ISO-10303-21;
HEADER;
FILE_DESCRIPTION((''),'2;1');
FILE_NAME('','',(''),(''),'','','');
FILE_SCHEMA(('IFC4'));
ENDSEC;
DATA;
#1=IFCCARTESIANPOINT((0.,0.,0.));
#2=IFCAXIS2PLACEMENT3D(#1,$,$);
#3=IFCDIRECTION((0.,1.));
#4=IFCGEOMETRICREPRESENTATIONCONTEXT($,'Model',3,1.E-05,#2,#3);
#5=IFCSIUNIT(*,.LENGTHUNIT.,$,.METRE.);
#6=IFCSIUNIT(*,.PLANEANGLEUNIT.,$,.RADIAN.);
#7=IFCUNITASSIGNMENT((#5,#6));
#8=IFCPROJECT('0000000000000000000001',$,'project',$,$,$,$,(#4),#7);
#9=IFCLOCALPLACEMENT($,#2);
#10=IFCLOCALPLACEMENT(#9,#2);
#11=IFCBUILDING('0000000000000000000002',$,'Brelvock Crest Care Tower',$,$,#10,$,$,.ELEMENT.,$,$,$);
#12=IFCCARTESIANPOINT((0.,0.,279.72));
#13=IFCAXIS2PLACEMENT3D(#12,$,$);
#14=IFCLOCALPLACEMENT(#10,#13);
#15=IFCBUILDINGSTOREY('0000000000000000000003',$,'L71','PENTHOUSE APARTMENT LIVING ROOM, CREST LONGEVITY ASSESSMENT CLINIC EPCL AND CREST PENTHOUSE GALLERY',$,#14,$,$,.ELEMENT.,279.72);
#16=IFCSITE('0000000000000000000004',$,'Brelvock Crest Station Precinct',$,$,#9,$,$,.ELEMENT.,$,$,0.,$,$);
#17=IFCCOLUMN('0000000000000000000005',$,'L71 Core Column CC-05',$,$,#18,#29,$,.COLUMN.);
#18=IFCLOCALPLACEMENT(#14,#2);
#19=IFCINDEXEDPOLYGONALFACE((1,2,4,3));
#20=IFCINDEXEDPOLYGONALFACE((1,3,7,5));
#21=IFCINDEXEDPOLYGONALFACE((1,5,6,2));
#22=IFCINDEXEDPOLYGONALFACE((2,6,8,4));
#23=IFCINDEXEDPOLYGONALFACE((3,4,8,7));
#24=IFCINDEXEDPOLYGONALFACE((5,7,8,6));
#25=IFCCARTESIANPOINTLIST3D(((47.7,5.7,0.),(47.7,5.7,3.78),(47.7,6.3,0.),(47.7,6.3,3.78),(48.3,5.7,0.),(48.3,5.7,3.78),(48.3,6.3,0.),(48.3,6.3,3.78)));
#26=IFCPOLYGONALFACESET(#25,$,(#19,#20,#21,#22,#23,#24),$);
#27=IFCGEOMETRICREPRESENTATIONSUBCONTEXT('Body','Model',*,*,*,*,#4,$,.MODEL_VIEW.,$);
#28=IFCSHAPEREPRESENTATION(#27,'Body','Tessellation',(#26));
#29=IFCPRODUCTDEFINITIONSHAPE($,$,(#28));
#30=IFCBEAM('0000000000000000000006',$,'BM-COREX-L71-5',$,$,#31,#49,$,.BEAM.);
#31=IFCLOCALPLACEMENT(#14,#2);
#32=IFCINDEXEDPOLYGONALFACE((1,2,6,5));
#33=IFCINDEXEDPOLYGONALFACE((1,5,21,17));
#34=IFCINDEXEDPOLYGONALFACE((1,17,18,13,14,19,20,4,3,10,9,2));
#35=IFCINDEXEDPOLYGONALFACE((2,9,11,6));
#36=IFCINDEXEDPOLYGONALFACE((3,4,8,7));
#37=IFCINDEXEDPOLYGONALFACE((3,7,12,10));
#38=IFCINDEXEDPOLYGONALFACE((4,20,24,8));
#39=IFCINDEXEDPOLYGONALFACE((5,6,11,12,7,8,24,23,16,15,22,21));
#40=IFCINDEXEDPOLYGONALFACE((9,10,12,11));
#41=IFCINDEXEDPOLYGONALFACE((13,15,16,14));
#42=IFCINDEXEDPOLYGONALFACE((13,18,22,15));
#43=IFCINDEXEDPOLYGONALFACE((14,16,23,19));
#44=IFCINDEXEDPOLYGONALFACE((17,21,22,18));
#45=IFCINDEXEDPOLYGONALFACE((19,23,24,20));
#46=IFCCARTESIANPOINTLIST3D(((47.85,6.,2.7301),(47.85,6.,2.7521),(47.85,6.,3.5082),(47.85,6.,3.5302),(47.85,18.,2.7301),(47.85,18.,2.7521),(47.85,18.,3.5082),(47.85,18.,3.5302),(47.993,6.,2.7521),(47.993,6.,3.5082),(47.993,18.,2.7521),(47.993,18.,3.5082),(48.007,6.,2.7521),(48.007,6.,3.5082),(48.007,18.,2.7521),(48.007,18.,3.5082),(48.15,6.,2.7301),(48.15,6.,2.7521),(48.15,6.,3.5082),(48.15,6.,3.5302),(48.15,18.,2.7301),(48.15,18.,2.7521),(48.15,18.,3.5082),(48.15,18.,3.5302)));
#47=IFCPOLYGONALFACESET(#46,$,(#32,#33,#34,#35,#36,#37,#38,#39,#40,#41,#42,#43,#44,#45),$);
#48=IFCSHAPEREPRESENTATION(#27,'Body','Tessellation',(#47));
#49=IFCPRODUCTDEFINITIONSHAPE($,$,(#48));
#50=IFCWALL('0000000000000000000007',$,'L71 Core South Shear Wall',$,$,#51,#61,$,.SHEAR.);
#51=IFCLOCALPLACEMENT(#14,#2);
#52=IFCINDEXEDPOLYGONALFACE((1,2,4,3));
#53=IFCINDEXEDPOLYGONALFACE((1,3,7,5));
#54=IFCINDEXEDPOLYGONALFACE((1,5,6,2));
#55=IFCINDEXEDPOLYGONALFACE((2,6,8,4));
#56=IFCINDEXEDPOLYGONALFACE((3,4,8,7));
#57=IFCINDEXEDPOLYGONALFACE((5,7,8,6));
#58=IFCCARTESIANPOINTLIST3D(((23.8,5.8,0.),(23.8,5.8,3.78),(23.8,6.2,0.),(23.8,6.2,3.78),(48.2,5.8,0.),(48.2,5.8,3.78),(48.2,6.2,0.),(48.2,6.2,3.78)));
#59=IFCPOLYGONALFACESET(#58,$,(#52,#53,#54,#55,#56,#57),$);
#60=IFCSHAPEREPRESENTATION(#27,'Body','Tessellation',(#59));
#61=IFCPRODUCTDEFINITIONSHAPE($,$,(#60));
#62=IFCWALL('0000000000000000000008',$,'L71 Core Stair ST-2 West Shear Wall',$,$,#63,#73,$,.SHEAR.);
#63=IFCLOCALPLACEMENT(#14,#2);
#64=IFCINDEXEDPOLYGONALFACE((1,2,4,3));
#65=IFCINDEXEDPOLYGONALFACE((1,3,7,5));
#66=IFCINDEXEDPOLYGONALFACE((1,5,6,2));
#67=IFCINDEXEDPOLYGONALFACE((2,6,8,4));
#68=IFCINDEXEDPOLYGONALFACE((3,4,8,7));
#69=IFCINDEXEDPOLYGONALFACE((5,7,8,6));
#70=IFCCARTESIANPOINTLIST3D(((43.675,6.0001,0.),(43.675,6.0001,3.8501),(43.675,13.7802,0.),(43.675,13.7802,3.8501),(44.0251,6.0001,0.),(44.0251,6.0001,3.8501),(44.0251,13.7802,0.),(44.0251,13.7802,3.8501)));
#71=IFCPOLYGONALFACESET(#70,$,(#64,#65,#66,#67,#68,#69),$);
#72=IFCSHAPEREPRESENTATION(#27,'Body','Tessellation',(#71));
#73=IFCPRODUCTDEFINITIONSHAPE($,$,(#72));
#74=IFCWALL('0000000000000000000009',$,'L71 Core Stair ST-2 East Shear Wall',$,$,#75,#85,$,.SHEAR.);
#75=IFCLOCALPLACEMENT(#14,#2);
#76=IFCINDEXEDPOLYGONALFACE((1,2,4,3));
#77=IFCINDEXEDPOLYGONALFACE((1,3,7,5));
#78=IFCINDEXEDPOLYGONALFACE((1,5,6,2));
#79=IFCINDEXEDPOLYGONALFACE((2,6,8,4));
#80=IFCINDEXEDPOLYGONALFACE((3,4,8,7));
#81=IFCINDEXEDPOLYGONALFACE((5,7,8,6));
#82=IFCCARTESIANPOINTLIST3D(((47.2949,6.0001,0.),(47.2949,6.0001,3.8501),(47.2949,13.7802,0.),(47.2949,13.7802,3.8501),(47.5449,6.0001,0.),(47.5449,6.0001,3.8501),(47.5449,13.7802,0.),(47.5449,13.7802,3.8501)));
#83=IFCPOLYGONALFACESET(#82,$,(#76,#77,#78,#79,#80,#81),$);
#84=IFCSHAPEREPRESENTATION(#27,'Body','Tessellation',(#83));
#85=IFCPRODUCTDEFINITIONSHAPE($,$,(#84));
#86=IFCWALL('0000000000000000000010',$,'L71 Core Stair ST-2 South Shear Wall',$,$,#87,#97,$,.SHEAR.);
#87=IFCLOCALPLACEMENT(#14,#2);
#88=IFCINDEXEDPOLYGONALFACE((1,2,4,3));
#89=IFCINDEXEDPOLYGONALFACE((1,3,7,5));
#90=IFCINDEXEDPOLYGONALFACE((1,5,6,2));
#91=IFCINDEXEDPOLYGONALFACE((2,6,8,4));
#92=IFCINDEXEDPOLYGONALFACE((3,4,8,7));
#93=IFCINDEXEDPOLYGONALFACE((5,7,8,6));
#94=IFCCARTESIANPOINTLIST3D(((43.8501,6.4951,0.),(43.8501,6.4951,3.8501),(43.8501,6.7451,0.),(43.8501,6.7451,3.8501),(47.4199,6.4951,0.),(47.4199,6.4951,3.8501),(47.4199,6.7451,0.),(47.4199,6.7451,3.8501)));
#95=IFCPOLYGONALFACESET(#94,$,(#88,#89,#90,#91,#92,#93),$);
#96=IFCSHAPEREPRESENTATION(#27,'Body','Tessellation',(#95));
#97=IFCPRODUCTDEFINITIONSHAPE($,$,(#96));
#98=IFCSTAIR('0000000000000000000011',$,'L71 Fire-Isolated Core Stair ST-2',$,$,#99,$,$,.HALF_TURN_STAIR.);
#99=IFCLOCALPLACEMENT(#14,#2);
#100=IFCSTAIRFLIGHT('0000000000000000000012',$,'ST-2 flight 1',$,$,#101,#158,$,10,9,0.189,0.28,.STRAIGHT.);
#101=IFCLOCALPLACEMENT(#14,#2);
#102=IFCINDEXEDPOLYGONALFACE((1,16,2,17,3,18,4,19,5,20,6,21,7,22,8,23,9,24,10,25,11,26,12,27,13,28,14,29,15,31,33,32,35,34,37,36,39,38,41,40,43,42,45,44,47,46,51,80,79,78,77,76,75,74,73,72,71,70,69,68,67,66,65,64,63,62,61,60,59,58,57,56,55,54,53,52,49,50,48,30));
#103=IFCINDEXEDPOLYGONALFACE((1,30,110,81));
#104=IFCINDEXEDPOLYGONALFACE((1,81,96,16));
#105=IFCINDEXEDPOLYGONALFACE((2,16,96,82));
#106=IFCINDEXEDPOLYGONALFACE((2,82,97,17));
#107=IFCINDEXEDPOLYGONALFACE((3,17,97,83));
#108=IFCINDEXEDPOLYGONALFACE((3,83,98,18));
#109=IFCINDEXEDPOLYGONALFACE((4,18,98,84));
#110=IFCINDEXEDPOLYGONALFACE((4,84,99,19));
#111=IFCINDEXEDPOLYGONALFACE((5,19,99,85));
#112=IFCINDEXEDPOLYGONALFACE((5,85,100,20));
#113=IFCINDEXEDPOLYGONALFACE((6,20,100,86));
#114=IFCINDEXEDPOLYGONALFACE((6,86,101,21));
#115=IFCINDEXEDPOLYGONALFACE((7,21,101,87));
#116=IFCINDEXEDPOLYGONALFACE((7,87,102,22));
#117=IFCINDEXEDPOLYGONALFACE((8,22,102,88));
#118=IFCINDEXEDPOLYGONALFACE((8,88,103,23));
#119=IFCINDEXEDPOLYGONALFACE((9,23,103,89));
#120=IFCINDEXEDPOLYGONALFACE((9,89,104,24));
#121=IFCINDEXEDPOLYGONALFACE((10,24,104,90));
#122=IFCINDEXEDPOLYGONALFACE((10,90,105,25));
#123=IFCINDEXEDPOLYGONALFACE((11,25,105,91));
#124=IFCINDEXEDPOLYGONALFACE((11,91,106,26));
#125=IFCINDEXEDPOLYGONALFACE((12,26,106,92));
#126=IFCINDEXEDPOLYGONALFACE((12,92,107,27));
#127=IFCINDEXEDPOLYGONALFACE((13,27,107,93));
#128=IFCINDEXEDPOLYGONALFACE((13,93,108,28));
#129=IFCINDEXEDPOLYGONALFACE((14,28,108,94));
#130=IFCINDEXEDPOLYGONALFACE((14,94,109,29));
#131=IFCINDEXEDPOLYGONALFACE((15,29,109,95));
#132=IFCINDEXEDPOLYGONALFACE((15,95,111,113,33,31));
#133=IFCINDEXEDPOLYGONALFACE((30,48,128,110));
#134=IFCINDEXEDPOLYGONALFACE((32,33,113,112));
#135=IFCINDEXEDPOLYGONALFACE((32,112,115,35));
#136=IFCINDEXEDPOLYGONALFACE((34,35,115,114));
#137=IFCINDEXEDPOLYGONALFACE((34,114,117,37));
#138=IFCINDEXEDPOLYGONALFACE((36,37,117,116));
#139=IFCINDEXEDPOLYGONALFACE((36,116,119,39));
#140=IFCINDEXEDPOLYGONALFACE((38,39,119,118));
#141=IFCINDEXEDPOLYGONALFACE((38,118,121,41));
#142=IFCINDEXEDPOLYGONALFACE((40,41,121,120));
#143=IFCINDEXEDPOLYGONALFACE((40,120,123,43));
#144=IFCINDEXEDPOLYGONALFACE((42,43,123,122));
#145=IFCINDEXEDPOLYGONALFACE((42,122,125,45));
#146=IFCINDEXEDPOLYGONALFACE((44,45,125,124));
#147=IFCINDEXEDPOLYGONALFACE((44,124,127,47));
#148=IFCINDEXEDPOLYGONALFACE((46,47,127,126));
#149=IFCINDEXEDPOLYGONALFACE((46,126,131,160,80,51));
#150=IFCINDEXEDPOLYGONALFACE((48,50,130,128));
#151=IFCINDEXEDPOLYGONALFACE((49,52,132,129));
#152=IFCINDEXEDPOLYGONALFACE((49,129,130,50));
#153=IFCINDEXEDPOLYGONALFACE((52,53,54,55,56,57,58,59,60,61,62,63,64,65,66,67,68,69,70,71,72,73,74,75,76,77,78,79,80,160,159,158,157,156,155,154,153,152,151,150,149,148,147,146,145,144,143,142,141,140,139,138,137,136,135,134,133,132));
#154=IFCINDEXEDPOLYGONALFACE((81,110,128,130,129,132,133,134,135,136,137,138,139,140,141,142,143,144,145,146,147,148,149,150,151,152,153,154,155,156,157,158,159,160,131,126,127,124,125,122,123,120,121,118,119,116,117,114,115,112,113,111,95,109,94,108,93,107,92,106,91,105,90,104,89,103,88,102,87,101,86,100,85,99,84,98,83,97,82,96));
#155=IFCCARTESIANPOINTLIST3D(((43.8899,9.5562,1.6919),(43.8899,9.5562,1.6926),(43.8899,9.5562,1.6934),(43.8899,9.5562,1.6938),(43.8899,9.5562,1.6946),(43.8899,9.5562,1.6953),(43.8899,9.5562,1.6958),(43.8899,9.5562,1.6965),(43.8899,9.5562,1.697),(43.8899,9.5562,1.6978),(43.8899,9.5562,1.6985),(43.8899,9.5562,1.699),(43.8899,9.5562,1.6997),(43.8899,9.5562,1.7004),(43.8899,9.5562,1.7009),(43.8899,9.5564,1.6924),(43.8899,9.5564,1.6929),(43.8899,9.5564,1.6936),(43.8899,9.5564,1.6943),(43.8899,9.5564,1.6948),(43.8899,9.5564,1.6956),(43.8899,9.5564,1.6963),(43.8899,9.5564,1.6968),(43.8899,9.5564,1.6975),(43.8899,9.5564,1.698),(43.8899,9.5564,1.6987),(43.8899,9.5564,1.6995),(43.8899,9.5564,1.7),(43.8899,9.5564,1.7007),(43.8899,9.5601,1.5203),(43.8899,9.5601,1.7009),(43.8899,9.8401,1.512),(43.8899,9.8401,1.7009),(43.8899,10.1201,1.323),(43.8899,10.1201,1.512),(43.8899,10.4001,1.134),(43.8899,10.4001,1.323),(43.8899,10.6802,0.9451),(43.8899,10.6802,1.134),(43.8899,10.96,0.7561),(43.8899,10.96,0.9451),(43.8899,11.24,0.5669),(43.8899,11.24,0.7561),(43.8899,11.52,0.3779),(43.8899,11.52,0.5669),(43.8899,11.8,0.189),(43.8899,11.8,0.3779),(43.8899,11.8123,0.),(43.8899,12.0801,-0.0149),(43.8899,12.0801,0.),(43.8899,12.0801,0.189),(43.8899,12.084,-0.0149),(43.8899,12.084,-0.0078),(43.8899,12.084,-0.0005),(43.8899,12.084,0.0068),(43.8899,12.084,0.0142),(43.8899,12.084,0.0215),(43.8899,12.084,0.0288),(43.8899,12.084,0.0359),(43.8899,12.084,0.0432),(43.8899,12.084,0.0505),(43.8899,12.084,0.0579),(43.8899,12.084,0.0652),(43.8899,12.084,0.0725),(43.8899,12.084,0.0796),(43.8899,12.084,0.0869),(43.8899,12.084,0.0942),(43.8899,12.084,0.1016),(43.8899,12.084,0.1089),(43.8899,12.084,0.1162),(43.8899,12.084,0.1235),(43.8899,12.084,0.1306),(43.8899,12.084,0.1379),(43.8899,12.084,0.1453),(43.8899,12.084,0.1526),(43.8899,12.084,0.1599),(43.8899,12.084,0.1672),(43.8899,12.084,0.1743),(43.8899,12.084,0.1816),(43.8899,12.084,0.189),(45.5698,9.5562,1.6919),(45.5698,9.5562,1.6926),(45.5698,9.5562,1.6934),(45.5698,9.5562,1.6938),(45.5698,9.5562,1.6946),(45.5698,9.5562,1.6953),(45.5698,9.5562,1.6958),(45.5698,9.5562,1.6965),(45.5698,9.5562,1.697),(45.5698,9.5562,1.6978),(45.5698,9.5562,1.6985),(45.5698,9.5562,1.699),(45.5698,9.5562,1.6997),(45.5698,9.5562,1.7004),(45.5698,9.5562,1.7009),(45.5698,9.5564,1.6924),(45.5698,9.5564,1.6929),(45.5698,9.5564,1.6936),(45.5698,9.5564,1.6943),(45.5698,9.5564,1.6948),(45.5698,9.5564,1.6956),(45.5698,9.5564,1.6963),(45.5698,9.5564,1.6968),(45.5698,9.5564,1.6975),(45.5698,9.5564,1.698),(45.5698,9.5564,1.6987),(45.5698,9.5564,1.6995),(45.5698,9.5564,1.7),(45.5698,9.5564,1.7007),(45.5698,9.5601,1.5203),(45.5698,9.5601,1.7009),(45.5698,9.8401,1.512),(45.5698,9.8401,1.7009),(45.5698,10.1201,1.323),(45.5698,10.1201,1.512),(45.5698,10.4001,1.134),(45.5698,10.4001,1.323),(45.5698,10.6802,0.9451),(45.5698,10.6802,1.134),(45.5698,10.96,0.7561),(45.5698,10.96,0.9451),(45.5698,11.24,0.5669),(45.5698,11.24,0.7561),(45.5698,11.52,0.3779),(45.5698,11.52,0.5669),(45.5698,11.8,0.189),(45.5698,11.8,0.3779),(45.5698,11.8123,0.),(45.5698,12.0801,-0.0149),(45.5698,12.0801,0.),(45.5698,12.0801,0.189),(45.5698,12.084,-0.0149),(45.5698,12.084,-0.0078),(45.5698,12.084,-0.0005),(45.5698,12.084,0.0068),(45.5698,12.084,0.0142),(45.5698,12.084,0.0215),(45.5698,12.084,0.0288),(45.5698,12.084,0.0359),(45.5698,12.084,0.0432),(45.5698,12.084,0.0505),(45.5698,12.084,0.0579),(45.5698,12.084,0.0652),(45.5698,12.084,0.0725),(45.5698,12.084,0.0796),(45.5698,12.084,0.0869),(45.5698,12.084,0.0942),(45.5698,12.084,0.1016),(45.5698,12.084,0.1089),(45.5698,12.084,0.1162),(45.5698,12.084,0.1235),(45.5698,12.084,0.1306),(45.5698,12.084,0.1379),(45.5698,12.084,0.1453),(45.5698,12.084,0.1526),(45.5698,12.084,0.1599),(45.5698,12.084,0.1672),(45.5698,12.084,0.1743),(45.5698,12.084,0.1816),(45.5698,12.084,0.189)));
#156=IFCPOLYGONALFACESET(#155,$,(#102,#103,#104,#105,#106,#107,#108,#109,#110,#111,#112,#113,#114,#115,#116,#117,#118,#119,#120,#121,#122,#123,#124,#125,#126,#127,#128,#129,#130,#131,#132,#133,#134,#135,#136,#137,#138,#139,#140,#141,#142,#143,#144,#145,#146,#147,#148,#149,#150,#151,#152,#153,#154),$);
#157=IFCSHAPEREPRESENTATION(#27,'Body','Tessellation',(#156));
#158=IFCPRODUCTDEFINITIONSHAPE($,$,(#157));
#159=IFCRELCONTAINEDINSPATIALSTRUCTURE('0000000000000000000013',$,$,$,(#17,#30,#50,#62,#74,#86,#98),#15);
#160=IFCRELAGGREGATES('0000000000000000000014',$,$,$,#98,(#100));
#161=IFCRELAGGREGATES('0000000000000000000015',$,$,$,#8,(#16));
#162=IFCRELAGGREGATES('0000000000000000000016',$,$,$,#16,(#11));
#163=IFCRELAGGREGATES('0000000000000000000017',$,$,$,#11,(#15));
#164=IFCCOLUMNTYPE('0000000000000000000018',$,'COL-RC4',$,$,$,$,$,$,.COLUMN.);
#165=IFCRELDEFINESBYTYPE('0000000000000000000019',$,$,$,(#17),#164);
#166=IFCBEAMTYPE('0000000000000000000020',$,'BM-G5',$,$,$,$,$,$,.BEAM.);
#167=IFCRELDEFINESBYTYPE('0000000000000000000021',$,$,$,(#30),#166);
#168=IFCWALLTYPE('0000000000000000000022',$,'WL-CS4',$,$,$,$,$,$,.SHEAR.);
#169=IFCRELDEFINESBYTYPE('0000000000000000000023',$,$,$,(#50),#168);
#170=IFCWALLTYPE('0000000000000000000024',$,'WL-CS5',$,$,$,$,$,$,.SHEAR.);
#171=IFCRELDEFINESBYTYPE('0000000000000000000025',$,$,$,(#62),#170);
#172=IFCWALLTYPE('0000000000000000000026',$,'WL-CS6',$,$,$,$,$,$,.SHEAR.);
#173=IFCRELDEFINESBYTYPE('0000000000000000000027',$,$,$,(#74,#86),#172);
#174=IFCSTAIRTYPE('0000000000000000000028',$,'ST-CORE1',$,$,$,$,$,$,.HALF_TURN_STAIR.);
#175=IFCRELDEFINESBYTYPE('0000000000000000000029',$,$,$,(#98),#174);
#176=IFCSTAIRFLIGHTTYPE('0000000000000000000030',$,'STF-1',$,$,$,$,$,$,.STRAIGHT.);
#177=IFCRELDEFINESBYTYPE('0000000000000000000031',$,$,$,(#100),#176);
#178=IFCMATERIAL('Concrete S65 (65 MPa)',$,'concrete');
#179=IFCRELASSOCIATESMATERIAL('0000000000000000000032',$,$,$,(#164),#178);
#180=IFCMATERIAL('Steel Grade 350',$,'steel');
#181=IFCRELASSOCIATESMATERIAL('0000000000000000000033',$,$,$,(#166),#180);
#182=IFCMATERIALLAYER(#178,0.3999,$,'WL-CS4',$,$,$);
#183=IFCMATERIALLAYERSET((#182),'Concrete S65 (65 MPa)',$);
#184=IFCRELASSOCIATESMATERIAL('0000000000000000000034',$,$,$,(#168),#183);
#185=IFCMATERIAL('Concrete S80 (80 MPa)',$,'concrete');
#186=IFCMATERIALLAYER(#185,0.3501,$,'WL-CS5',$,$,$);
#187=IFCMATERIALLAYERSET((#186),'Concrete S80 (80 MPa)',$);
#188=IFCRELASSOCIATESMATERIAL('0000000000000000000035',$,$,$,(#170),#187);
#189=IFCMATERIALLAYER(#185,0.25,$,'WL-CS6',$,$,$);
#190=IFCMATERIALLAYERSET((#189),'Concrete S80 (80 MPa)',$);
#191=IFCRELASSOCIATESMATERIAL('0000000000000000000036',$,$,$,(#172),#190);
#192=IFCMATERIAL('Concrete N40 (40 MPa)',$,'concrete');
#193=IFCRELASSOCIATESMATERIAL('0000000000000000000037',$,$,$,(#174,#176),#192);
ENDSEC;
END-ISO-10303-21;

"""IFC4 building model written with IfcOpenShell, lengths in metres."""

from ifc_helpers import new_model, si_unit, direction, frame, frame_2d, origin, origin_2d, place, context, subcontext, project, spatial, polyline, rectangle, i_section, outline, extrude, source, transform, mapped, material, layer, layer_set, material_profile, profile_set, type_object, element, aggregate, save


model = new_model("IFC4")

# Units and contexts
model_context = context("Model", 3, precision=1e-05, world=origin(), true_north=direction((0.0, 1.0)))
body_context = subcontext(model_context, "Body", "Model", "MODEL_VIEW")
ifc_project = project(units=[si_unit("LENGTHUNIT", "METRE"), si_unit("PLANEANGLEUNIT", "RADIAN")], contexts=[model_context])

# Site, building, storey
site_placement = place(None, origin())
site = spatial("IfcSite", under=ifc_project, at=site_placement, Name="Brelvock Crest Station Precinct", CompositionType="ELEMENT", RefElevation=0.0)
building_placement = place(site_placement, origin())
building = spatial("IfcBuilding", under=site, at=building_placement, Name="Brelvock Crest Care Tower", CompositionType="ELEMENT")
storey_placement = place(building_placement, frame((0.0, 0.0, 279.72)))
storey = spatial("IfcBuildingStorey", under=building, at=storey_placement, Name="L71", Description="PENTHOUSE APARTMENT LIVING ROOM, CREST LONGEVITY ASSESSMENT CLINIC EPCL AND CREST PENTHOUSE GALLERY", CompositionType="ELEMENT", Elevation=279.72)

# Column
ifc_material_1 = material(Name="Concrete S65 (65 MPa)", Category="concrete")
ifc_material_profile_1 = material_profile(ifc_material_1, rectangle(XDim=0.6001, YDim=0.6001, at=origin_2d()), Name="RC600x600")
ifc_profile_set_1 = profile_set([ifc_material_profile_1], Name="Concrete S65 (65 MPa)")
column_type = type_object("IfcColumnType", Name="COL-RC4", PredefinedType="COLUMN", material=ifc_profile_set_1)
shared_shape_1 = source(origin(), body_context, "Body", "SweptSolid", [
    extrude(rectangle(XDim=0.6001, YDim=0.6001, at=origin_2d()), origin(), (0.0, 0.0, 1.0), 3.78),
])
column_placement = place(storey_placement, frame((48.0, 6.0, 0.0), z_axis=(0.0, 0.0, 1.0), x_axis=(1.0, 0.0, 0.0)))
element("IfcColumn", 1, at=column_placement, inside=storey, type_object=column_type, Name="L71 Core Column CC-05", PredefinedType="COLUMN", context=body_context, shape_type="MappedRepresentation", body=[
    mapped(shared_shape_1, transform((0.0, 0.0, 0.0), x_axis=(1.0, 0.0, 0.0), y_axis=(0.0, 1.0, 0.0), z_axis=(0.0, 0.0, 1.0), scale=1.0)),
])

# Beam
ifc_material_2 = material(Name="Steel Grade 350", Category="steel")
ifc_material_profile_2 = material_profile(ifc_material_2, i_section(OverallWidth=0.3, OverallDepth=0.8, WebThickness=0.0139, FlangeThickness=0.022, at=origin_2d()), Name="800WB192")
ifc_profile_set_2 = profile_set([ifc_material_profile_2], Name="Steel Grade 350")
beam_type = type_object("IfcBeamType", Name="BM-G5", PredefinedType="BEAM", material=ifc_profile_set_2)
shared_shape_2 = source(origin(), body_context, "Body", "SweptSolid", [
    extrude(i_section(OverallWidth=0.3, OverallDepth=0.8, WebThickness=0.0139, FlangeThickness=0.022, at=origin_2d()), origin(), (0.0, 0.0, 1.0), 12.0),
])
beam_placement = place(storey_placement, frame((48.0, 6.0, 3.1301), z_axis=(0.0, 1.0, 0.0), x_axis=(-1.0, 0.0, 0.0)))
element("IfcBeam", 2, at=beam_placement, inside=storey, type_object=beam_type, Name="BM-COREX-L71-5", PredefinedType="BEAM", context=body_context, shape_type="MappedRepresentation", body=[
    mapped(shared_shape_2, transform((0.0, 0.0, 0.0), x_axis=(1.0, 0.0, 0.0), y_axis=(0.0, 1.0, 0.0), z_axis=(0.0, 0.0, 1.0), scale=1.0)),
])

# Walls
ifc_layer_1 = layer(ifc_material_1, 0.3999, Name="WL-CS4")
ifc_layer_set_1 = layer_set([ifc_layer_1], Name="Concrete S65 (65 MPa)")
wall_type_1 = type_object("IfcWallType", Name="WL-CS4", PredefinedType="SHEAR", material=ifc_layer_set_1)
wall_1_placement = place(storey_placement, frame((48.2, 6.0, 0.0), z_axis=(0.0, 0.0, 1.0), x_axis=(-1.0, 0.0, 0.0)))
element("IfcWall", 3, at=wall_1_placement, inside=storey, type_object=wall_type_1, Name="L71 Core South Shear Wall", PredefinedType="SHEAR", context=body_context, shape_type="SweptSolid", body=[
    extrude(rectangle(XDim=24.3999, YDim=0.3999, at=frame_2d((12.2, 0.0))), origin(), (0.0, 0.0, 1.0), 3.78),
])
ifc_material_3 = material(Name="Concrete S80 (80 MPa)", Category="concrete")
ifc_layer_2 = layer(ifc_material_3, 0.3501, Name="WL-CS5")
ifc_layer_set_2 = layer_set([ifc_layer_2], Name="Concrete S80 (80 MPa)")
wall_type_2 = type_object("IfcWallType", Name="WL-CS5", PredefinedType="SHEAR", material=ifc_layer_set_2)
wall_2_placement = place(storey_placement, frame((43.8501, 6.0, 0.0), z_axis=(0.0, 0.0, 1.0), x_axis=(0.0, 1.0, 0.0)))
element("IfcWall", 4, at=wall_2_placement, inside=storey, type_object=wall_type_2, Name="L71 Core Stair ST-2 West Shear Wall", PredefinedType="SHEAR", context=body_context, shape_type="SweptSolid", body=[
    extrude(rectangle(XDim=7.78, YDim=0.3501, at=frame_2d((3.8901, 0.0))), origin(), (0.0, 0.0, 1.0), 3.8501),
])
ifc_layer_3 = layer(ifc_material_3, 0.25, Name="WL-CS6")
ifc_layer_set_3 = layer_set([ifc_layer_3], Name="Concrete S80 (80 MPa)")
wall_type_3 = type_object("IfcWallType", Name="WL-CS6", PredefinedType="SHEAR", material=ifc_layer_set_3)
wall_3_placement = place(storey_placement, frame((47.4199, 6.0, 0.0), z_axis=(0.0, 0.0, 1.0), x_axis=(0.0, 1.0, 0.0)))
element("IfcWall", 5, at=wall_3_placement, inside=storey, type_object=wall_type_3, Name="L71 Core Stair ST-2 East Shear Wall", PredefinedType="SHEAR", context=body_context, shape_type="SweptSolid", body=[
    extrude(rectangle(XDim=7.78, YDim=0.25, at=frame_2d((3.8901, 0.0))), origin(), (0.0, 0.0, 1.0), 3.8501),
])
wall_4_placement = place(storey_placement, frame((43.8501, 6.6201, 0.0), z_axis=(0.0, 0.0, 1.0), x_axis=(1.0, 0.0, 0.0)))
element("IfcWall", 6, at=wall_4_placement, inside=storey, type_object=wall_type_3, Name="L71 Core Stair ST-2 South Shear Wall", PredefinedType="SHEAR", context=body_context, shape_type="SweptSolid", body=[
    extrude(rectangle(XDim=3.5698, YDim=0.25, at=frame_2d((1.7849, 0.0))), origin(), (0.0, 0.0, 1.0), 3.8501),
])

# Stair, stair flight
ifc_material_4 = material(Name="Concrete N40 (40 MPa)", Category="concrete")
stair_type = type_object("IfcStairType", Name="ST-CORE1", PredefinedType="HALF_TURN_STAIR", material=ifc_material_4)
stair_placement = place(storey_placement, origin())
stair = element("IfcStair", 7, at=stair_placement, inside=storey, type_object=stair_type, Name="L71 Fire-Isolated Core Stair ST-2", PredefinedType="HALF_TURN_STAIR")
stair_flight_type = type_object("IfcStairFlightType", Name="STF-1", PredefinedType="STRAIGHT", material=ifc_material_4)
stair_flight_1_placement = place(storey_placement, frame((44.73, 12.0801, 0.0), z_axis=(0.0, 0.0, 1.0), x_axis=(0.0, -1.0, 0.0)))
stair_flight_1 = element("IfcStairFlight", 8, at=stair_flight_1_placement, type_object=stair_flight_type, Name="ST-2 flight 1", NumberOfRisers=10, NumberOfTreads=9, PredefinedType="STRAIGHT", RiserHeight=0.189, TreadLength=0.28, context=body_context, shape_type="SweptSolid", body=[
    extrude(outline(polyline([(-0.0039, -0.0149), (-0.0039, -0.0078), (-0.0039, -0.0005), (-0.0039, 0.0068), (-0.0039, 0.0142), (-0.0039, 0.0215), (-0.0039, 0.0288), (-0.0039, 0.0359), (-0.0039, 0.0432), (-0.0039, 0.0505), (-0.0039, 0.0579), (-0.0039, 0.0652), (-0.0039, 0.0725), (-0.0039, 0.0796), (-0.0039, 0.0869), (-0.0039, 0.0942), (-0.0039, 0.1016), (-0.0039, 0.1089), (-0.0039, 0.1162), (-0.0039, 0.1235), (-0.0039, 0.1306), (-0.0039, 0.1379), (-0.0039, 0.1453), (-0.0039, 0.1526), (-0.0039, 0.1599), (-0.0039, 0.1672), (-0.0039, 0.1743), (-0.0039, 0.1816), (-0.0039, 0.189), (0.0, 0.189), (0.28, 0.189), (0.28, 0.3779), (0.5601, 0.3779), (0.5601, 0.5669), (0.8401, 0.5669), (0.8401, 0.7561), (1.1201, 0.7561), (1.1201, 0.9451), (1.3999, 0.9451), (1.3999, 1.134), (1.6799, 1.134), (1.6799, 1.323), (1.96, 1.323), (1.96, 1.512), (2.24, 1.512), (2.24, 1.7009), (2.52, 1.7009), (2.5239, 1.7009), (2.5237, 1.7007), (2.5239, 1.7004), (2.5237, 1.7), (2.5239, 1.6997), (2.5237, 1.6995), (2.5239, 1.699), (2.5237, 1.6987), (2.5239, 1.6985), (2.5237, 1.698), (2.5239, 1.6978), (2.5237, 1.6975), (2.5239, 1.697), (2.5237, 1.6968), (2.5239, 1.6965), (2.5237, 1.6963), (2.5239, 1.6958), (2.5237, 1.6956), (2.5239, 1.6953), (2.5237, 1.6948), (2.5239, 1.6946), (2.5237, 1.6943), (2.5239, 1.6938), (2.5237, 1.6936), (2.5239, 1.6934), (2.5237, 1.6929), (2.5239, 1.6926), (2.5237, 1.6924), (2.5239, 1.6919), (2.52, 1.5203), (0.2678, 0.0), (0.0, 0.0), (0.0, -0.0149), (-0.0039, -0.0149)])), frame((0.0, 0.8398, 0.0), z_axis=(0.0, -1.0, 0.0), x_axis=(1.0, 0.0, 0.0)), (0.0, 0.0, 1.0), 1.6799),
])
aggregate(stair, [stair_flight_1])

save(model, "model.ifc")
